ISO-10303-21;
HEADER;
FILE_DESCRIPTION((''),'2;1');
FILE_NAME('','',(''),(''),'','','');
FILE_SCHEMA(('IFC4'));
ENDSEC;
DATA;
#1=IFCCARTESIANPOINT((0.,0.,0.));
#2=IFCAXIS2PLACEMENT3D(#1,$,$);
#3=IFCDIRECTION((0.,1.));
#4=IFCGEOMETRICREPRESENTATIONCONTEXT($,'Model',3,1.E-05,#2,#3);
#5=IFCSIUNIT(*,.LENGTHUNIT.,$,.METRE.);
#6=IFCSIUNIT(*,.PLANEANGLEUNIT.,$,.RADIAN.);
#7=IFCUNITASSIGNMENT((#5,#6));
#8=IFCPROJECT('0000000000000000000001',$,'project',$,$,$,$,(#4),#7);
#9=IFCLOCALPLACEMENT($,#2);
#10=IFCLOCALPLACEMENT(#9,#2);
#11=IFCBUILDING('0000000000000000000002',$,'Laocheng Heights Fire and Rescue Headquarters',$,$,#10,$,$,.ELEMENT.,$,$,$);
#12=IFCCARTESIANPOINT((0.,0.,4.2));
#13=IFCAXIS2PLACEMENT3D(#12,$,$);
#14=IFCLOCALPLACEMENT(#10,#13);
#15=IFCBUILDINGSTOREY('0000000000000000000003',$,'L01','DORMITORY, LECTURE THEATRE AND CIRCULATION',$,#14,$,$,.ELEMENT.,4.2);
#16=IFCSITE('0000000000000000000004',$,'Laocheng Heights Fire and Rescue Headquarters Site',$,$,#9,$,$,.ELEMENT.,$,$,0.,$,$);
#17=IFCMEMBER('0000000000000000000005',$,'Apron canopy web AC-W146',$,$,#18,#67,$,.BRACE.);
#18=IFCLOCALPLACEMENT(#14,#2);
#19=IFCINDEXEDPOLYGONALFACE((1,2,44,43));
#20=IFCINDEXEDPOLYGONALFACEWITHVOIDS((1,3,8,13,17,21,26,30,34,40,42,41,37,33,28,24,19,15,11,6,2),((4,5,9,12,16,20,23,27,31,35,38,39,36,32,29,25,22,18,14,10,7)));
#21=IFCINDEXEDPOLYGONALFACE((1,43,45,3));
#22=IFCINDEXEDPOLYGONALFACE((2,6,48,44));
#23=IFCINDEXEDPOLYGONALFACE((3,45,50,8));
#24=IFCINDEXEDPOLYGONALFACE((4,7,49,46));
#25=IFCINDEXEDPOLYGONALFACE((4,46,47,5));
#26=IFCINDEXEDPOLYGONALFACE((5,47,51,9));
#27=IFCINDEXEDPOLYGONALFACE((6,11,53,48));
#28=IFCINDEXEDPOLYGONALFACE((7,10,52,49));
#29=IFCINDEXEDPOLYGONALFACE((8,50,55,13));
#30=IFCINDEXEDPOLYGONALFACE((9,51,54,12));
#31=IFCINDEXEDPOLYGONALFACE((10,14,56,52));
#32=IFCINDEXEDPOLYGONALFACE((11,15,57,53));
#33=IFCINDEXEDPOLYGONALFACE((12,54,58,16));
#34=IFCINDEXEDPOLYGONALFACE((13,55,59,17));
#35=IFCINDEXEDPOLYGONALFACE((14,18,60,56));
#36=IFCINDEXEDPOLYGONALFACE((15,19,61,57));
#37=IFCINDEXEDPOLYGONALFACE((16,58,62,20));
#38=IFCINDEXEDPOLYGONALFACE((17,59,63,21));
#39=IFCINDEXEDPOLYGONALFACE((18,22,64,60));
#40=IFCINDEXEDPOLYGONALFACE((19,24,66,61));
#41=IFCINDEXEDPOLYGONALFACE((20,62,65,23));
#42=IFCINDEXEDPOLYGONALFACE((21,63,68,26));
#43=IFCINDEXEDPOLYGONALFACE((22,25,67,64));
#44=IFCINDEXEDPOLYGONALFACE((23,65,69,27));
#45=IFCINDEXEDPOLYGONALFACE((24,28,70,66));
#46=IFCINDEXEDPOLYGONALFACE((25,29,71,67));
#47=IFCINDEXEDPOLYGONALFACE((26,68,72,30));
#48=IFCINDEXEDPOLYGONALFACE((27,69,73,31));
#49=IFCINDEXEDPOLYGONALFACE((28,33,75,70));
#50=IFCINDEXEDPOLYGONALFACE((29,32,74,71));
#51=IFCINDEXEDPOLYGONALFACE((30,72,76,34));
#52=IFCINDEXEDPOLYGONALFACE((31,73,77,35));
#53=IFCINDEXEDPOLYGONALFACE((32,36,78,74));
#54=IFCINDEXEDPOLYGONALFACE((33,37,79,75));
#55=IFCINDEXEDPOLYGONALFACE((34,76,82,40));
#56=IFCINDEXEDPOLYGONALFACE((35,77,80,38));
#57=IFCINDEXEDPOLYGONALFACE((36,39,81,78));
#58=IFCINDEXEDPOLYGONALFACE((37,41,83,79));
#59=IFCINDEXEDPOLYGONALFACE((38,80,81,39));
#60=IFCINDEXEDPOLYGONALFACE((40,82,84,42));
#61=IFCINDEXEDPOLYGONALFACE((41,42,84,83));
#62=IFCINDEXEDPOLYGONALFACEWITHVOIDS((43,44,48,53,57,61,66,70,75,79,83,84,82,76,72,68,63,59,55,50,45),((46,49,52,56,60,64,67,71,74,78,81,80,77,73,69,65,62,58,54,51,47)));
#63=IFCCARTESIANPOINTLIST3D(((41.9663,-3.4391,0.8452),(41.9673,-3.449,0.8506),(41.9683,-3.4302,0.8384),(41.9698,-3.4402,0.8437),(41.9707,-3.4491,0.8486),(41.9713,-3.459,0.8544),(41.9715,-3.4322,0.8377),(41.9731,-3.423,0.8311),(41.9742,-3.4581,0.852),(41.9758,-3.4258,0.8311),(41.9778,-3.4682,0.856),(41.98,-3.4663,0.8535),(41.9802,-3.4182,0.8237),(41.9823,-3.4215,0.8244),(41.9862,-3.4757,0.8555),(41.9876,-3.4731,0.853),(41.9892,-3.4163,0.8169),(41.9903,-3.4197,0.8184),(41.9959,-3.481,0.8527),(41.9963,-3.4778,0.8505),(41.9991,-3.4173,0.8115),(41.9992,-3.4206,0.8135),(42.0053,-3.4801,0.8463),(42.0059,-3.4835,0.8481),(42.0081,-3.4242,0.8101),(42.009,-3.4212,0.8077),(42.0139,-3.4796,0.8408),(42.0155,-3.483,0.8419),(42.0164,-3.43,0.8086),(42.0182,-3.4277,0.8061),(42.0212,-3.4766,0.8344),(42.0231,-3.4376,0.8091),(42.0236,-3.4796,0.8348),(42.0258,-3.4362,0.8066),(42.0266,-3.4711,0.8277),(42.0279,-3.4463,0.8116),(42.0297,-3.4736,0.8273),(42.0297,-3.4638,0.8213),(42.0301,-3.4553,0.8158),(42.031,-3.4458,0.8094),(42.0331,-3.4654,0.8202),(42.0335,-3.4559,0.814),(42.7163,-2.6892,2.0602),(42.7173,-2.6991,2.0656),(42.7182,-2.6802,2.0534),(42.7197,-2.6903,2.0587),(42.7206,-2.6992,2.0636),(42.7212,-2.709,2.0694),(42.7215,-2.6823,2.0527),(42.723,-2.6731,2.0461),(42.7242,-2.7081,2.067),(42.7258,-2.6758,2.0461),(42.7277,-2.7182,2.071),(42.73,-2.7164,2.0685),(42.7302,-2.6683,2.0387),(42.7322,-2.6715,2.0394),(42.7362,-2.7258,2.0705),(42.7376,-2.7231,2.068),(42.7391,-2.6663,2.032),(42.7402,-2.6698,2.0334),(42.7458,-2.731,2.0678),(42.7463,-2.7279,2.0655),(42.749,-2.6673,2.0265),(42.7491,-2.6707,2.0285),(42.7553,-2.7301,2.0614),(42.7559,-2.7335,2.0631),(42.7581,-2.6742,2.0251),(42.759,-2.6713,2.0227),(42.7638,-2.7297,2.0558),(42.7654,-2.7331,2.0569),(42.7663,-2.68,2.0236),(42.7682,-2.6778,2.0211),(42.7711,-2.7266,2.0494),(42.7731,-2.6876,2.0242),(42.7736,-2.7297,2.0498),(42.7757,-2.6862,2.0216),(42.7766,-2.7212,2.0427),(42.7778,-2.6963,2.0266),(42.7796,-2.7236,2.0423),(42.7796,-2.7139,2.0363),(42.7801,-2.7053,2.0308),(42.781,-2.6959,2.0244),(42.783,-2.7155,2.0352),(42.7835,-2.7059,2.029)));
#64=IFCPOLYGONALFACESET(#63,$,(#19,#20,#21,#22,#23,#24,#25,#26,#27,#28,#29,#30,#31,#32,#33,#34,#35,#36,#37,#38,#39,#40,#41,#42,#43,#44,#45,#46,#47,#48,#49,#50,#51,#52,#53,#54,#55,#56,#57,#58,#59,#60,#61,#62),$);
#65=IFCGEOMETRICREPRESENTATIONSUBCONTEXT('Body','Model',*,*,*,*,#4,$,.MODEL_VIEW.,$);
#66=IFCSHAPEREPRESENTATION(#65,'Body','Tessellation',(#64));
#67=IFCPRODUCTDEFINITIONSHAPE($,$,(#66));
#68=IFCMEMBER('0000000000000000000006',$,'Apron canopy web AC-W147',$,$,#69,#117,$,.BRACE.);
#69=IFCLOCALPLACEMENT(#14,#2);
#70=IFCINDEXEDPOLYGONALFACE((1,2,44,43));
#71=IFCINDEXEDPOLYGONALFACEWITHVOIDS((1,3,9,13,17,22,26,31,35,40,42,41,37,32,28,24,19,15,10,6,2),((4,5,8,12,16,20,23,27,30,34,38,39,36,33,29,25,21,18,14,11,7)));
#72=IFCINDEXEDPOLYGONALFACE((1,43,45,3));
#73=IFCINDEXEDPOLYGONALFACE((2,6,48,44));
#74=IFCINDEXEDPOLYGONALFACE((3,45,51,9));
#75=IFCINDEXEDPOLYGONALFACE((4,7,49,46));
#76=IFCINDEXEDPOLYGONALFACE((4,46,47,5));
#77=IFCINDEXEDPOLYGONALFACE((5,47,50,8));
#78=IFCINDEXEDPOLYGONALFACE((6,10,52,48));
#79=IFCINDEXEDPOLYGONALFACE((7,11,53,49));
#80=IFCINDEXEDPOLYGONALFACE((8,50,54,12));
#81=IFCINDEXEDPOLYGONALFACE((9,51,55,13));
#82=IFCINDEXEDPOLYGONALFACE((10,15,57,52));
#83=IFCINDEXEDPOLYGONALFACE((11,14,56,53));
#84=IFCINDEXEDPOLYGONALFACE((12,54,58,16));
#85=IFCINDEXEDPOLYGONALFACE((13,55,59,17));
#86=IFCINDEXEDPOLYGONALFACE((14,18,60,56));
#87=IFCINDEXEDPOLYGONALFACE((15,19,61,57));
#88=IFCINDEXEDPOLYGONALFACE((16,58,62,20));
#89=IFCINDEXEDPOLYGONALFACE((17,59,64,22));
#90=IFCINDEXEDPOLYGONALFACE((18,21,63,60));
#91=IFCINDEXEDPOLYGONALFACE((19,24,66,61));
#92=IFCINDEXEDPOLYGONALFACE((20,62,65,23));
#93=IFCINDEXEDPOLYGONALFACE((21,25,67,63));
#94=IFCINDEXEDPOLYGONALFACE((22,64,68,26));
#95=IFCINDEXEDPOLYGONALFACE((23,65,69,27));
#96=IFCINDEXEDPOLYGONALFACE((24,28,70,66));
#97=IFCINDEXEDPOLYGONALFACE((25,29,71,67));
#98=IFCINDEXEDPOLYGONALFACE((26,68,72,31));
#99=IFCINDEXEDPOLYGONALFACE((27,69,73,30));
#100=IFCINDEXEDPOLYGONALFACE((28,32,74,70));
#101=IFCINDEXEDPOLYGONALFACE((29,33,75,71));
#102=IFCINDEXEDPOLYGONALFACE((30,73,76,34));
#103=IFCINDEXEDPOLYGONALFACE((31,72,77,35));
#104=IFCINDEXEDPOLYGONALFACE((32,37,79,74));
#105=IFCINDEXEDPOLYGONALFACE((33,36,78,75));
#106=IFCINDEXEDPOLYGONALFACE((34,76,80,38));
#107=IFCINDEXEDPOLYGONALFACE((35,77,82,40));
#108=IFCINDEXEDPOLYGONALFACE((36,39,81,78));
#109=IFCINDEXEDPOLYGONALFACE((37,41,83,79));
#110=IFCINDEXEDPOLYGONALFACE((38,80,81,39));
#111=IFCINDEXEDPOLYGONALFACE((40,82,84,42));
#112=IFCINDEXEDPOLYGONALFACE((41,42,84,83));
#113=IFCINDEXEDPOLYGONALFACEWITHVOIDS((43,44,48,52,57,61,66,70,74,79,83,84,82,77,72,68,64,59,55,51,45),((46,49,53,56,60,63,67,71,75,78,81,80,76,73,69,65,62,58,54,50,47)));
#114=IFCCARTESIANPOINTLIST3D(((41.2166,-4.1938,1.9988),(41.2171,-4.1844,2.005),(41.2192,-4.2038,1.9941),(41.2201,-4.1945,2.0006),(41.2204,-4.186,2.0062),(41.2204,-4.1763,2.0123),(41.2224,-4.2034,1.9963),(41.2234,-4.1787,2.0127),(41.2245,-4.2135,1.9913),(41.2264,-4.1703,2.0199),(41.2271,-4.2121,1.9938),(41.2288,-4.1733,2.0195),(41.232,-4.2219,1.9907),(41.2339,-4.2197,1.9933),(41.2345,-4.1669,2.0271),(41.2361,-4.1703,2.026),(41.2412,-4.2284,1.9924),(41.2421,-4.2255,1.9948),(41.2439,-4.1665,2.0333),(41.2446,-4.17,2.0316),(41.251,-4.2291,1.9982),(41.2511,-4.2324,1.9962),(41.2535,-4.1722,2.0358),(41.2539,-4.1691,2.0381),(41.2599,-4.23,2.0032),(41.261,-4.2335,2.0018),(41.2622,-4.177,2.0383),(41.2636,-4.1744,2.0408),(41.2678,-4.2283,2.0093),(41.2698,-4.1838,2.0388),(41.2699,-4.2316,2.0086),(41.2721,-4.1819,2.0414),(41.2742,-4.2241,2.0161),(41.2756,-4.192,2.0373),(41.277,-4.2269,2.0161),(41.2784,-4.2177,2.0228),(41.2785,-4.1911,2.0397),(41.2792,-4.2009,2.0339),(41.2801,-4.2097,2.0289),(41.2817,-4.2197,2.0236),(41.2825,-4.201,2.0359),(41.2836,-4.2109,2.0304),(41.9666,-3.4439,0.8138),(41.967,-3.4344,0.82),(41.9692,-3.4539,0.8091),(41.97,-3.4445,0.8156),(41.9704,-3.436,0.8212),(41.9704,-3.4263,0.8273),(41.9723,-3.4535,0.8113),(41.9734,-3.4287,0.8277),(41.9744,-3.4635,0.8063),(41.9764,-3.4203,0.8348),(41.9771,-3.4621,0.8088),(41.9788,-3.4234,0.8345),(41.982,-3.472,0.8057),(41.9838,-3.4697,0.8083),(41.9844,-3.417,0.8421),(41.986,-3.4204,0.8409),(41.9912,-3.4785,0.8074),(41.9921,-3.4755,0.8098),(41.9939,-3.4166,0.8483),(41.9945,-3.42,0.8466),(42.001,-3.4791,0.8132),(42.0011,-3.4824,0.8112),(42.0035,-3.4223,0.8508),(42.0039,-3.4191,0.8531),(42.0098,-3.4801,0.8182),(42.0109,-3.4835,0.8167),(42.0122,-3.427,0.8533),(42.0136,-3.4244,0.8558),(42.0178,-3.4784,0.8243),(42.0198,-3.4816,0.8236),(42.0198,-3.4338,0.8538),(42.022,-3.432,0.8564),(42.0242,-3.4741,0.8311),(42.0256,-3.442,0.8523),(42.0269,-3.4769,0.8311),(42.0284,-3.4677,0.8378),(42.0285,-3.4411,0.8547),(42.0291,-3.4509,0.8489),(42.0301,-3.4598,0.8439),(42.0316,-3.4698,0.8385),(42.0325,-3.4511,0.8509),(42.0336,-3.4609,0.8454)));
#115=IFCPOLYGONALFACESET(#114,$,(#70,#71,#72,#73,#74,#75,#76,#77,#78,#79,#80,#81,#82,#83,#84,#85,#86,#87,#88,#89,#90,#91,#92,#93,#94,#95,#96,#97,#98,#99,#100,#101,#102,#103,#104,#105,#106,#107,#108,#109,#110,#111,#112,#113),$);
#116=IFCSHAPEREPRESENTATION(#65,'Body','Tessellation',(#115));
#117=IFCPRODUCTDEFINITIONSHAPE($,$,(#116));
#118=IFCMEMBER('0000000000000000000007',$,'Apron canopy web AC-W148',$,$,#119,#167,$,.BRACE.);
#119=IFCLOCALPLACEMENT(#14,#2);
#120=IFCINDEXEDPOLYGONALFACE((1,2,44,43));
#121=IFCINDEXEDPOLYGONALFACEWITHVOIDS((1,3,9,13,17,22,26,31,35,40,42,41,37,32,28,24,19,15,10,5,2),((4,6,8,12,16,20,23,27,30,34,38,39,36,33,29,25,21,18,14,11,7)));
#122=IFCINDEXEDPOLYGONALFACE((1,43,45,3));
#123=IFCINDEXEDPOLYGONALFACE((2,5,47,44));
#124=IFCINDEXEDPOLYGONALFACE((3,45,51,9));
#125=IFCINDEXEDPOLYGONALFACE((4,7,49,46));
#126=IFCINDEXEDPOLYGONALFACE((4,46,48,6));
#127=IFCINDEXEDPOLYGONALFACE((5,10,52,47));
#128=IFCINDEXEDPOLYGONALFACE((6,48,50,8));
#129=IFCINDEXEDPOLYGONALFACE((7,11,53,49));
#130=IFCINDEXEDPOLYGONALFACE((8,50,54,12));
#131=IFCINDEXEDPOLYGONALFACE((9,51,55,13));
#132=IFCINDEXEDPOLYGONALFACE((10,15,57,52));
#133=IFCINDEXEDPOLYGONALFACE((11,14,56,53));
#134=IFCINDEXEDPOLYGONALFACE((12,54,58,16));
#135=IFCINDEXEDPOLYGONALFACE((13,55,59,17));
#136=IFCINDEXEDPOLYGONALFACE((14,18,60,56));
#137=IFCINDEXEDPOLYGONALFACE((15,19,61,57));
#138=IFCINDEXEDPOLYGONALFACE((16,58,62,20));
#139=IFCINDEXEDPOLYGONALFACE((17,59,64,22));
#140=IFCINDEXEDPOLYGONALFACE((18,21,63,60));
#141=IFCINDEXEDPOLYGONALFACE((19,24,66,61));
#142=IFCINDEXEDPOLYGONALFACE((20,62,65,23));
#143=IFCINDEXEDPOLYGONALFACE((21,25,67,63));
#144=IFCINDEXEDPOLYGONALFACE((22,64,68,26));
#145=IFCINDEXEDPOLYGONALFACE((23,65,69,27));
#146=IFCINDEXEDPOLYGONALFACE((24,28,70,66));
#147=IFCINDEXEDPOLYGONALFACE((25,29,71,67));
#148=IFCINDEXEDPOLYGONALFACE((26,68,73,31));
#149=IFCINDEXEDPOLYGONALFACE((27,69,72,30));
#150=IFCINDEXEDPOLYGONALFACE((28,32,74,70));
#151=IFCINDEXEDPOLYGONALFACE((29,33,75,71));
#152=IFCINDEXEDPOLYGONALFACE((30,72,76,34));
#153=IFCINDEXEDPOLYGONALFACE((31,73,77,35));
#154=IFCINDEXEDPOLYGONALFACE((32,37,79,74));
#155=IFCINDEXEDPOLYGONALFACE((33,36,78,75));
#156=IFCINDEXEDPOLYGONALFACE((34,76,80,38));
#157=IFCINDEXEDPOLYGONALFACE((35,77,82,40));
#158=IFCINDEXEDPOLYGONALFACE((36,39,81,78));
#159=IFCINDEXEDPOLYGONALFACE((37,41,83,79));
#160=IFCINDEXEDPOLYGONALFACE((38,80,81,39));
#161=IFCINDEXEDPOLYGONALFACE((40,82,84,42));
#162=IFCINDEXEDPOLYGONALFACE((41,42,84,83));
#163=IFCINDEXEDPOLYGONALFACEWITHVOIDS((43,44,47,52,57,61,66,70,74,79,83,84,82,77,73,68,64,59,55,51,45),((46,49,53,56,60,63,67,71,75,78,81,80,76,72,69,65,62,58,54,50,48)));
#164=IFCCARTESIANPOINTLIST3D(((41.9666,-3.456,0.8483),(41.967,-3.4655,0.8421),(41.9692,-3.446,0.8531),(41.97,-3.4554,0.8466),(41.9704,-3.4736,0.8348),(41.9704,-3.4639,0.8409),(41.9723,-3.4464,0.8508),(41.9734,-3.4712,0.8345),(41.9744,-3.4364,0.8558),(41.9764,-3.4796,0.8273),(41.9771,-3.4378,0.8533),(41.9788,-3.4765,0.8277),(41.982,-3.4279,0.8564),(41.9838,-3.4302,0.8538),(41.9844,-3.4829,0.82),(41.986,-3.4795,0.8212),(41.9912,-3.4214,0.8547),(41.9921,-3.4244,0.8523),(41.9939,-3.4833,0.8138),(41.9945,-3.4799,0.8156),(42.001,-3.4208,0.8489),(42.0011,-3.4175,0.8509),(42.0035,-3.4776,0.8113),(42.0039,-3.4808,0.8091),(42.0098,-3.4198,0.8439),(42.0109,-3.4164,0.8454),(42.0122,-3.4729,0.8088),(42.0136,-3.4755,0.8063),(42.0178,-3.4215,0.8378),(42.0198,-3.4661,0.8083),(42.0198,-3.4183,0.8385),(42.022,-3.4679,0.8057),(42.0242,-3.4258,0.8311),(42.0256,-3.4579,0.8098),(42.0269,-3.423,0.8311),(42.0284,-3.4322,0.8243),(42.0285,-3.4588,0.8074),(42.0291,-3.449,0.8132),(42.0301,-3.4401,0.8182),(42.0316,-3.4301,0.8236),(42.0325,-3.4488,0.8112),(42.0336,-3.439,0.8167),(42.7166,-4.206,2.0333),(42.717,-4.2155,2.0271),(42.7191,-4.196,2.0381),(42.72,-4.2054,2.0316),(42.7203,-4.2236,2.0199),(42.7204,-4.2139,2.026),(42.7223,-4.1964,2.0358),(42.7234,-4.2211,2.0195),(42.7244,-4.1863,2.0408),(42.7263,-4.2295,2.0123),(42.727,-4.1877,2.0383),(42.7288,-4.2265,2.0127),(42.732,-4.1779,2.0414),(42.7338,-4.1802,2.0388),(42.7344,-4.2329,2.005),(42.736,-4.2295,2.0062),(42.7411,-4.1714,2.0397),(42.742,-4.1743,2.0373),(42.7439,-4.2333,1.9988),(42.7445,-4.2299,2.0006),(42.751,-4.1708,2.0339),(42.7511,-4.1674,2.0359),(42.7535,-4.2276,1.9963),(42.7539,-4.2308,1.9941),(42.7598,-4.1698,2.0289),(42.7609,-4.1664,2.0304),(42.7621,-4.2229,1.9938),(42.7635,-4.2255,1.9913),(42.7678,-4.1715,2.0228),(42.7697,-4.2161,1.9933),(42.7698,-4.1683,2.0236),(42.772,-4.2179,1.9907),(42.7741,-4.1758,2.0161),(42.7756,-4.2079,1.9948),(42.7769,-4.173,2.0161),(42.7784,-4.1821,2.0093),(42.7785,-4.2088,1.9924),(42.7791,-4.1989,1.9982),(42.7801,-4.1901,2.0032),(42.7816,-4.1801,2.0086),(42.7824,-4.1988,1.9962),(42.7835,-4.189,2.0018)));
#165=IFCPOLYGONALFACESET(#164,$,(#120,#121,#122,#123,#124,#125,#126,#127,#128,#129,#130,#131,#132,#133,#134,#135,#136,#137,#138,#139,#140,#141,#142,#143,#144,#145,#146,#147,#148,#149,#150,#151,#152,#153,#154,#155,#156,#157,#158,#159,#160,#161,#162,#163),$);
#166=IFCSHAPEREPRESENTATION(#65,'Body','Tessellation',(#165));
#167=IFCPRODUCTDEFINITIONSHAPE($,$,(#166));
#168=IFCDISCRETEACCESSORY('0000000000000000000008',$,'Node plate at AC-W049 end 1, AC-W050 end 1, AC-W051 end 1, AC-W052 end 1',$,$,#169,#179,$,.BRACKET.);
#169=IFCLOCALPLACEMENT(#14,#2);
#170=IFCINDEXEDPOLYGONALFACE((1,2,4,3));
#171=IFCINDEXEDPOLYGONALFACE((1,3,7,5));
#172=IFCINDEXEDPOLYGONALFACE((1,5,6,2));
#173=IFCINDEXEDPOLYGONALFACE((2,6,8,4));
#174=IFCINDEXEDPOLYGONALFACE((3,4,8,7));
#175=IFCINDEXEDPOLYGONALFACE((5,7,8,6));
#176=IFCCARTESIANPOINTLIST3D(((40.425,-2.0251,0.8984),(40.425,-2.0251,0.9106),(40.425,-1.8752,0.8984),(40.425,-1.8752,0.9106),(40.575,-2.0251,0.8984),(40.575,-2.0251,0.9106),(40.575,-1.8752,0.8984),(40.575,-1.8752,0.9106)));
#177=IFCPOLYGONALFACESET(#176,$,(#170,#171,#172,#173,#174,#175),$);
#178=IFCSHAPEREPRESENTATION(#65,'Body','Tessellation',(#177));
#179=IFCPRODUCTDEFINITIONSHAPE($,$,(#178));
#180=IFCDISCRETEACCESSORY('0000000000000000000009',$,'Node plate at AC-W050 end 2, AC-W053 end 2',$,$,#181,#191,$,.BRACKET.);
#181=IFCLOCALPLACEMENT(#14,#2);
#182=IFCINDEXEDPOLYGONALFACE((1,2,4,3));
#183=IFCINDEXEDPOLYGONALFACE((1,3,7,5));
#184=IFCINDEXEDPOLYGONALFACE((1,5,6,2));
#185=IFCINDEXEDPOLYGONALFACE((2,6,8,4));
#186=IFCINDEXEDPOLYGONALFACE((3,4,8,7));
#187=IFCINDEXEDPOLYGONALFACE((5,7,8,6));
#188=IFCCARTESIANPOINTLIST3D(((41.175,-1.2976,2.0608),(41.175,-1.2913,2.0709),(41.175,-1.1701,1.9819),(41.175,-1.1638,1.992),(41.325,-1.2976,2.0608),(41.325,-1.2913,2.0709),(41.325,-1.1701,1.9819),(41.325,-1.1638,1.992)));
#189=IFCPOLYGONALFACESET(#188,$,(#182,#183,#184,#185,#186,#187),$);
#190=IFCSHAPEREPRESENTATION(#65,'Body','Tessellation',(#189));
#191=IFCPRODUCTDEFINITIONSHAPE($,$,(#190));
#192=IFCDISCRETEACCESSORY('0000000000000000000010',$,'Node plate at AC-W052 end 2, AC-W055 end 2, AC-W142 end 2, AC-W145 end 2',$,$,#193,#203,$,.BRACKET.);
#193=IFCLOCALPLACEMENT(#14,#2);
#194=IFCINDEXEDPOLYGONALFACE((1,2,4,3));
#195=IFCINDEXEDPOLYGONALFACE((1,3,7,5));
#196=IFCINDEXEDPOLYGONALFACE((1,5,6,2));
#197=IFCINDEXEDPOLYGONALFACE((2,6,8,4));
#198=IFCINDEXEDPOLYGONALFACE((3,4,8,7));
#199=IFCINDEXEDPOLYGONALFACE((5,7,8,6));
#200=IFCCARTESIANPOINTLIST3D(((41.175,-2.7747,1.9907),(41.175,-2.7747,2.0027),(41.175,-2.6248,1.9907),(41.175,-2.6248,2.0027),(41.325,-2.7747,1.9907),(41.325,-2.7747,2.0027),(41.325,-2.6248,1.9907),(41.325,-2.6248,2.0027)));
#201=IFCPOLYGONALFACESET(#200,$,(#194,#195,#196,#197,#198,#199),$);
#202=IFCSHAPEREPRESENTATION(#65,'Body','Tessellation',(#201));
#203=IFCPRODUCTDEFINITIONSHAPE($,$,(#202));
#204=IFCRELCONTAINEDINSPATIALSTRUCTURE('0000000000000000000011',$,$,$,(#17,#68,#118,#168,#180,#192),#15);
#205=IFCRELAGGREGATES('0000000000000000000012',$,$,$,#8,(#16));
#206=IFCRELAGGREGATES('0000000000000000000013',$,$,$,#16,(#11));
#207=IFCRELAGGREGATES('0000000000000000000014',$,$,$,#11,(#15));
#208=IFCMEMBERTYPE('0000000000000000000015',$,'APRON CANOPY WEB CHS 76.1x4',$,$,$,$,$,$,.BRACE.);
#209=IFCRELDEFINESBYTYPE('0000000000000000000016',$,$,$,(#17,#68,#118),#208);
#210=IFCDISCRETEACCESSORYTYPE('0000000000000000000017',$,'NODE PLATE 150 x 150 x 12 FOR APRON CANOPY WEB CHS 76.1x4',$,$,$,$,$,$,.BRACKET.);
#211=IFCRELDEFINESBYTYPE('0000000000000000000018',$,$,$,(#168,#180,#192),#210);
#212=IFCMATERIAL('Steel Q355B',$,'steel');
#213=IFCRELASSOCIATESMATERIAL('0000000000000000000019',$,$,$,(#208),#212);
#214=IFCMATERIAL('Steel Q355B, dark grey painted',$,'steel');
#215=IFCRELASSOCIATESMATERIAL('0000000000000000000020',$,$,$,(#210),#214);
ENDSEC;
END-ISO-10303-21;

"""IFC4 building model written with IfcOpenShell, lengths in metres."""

from ifc_helpers import new_model, si_unit, direction, frame, origin, origin_2d, place, context, subcontext, project, spatial, rectangle, hollow_circle, extrude, material, material_profile, profile_set, type_object, element, save


model = new_model("IFC4")

# Units and contexts
model_context = context("Model", 3, precision=1e-05, world=origin(), true_north=direction((0.0, 1.0)))
body_context = subcontext(model_context, "Body", "Model", "MODEL_VIEW")
ifc_project = project(units=[si_unit("LENGTHUNIT", "METRE"), si_unit("PLANEANGLEUNIT", "RADIAN")], contexts=[model_context])

# Site, building, storey
site_placement = place(None, origin())
site = spatial("IfcSite", under=ifc_project, at=site_placement, Name="Laocheng Heights Fire and Rescue Headquarters Site", CompositionType="ELEMENT", RefElevation=0.0)
building_placement = place(site_placement, origin())
building = spatial("IfcBuilding", under=site, at=building_placement, Name="Laocheng Heights Fire and Rescue Headquarters", CompositionType="ELEMENT")
storey_placement = place(building_placement, frame((0.0, 0.0, 4.2)))
storey = spatial("IfcBuildingStorey", under=building, at=storey_placement, Name="L01", Description="DORMITORY, LECTURE THEATRE AND CIRCULATION", CompositionType="ELEMENT", Elevation=4.2)

# Members
ifc_material_1 = material(Name="Steel Q355B", Category="steel")
ifc_material_profile_1 = material_profile(ifc_material_1, hollow_circle(Radius=0.0381, WallThickness=0.0039, at=origin_2d()), Name="CHS 76.1x4")
ifc_profile_set_1 = profile_set([ifc_material_profile_1], Name="Steel Q355B")
member_type_1 = type_object("IfcMemberType", Name="APRON CANOPY WEB CHS 76.1x4", PredefinedType="BRACE", material=ifc_profile_set_1)
for number, where, z_axis, x_axis, name in (
    (1, (42.0, -3.45, 0.8311), (0.465002, 0.465002, 0.753357), (-0.707107, 0.707107, 0.0), "Apron canopy web AC-W146"),
):
    element("IfcMember", number, at=place(storey_placement, frame(where, z_axis=z_axis, x_axis=x_axis)), inside=storey, type_object=member_type_1, Name=name, PredefinedType="BRACE", context=body_context, shape_type="SweptSolid", body=[
        extrude(hollow_circle(Radius=0.0381, WallThickness=0.0039, at=origin_2d()), origin(), (0.0, 0.0, 1.0), 1.6128),
    ])
for number, where, z_axis, x_axis, name in (
    (2, (42.0, -3.45, 0.8311), (-0.47158, -0.47158, 0.745134), (0.707107, -0.707107, 0.0), "Apron canopy web AC-W147"),
    (3, (42.0, -3.45, 0.8311), (0.47158, -0.47158, 0.745134), (0.707107, 0.707107, 0.0), "Apron canopy web AC-W148"),
):
    element("IfcMember", number, at=place(storey_placement, frame(where, z_axis=z_axis, x_axis=x_axis)), inside=storey, type_object=member_type_1, Name=name, PredefinedType="BRACE", context=body_context, shape_type="SweptSolid", body=[
        extrude(hollow_circle(Radius=0.0381, WallThickness=0.0039, at=origin_2d()), origin(), (0.0, 0.0, 1.0), 1.5903),
    ])

# Discrete accessories
ifc_material_2 = material(Name="Steel Q355B, dark grey painted", Category="steel")
ifc_material_profile_2 = material_profile(ifc_material_2, rectangle(XDim=0.1499, YDim=0.1499, at=origin_2d()), Name="NODE PLATE 150 x 150 x 12 FOR APRON CANOPY WEB CHS 76.1x4")
ifc_profile_set_2 = profile_set([ifc_material_profile_2], Name="Steel Q355B, dark grey painted")
discrete_accessory_type = type_object("IfcDiscreteAccessoryType", Name="NODE PLATE 150 x 150 x 12 FOR APRON CANOPY WEB CHS 76.1x4", PredefinedType="BRACKET", material=ifc_profile_set_2)
discrete_accessory_1_placement = place(storey_placement, frame((40.5, -1.9502, 0.8984), z_axis=(0.0, 0.0, 1.0), x_axis=(1.0, 0.0, 0.0)))
element("IfcDiscreteAccessory", 4, at=discrete_accessory_1_placement, inside=storey, type_object=discrete_accessory_type, Name="Node plate at AC-W049 end 1, AC-W050 end 1, AC-W051 end 1, AC-W052 end 1", PredefinedType="BRACKET", context=body_context, shape_type="SweptSolid", body=[
    extrude(rectangle(XDim=0.1499, YDim=0.1499, at=origin_2d()), origin(), (0.0, 0.0, 1.0), 0.0122),
])
for number, where, z_axis, x_axis, name in (
    (5, (41.25, -1.2275, 2.0315), (0.0, -0.526355, -0.850265), (1.0, 0.0, 0.0), "Node plate at AC-W050 end 2, AC-W053 end 2"),
    (6, (41.25, -2.6997, 2.0027), (0.0, 0.0, -1.0), (1.0, 0.0, 0.0), "Node plate at AC-W052 end 2, AC-W055 end 2, AC-W142 end 2, AC-W145 end 2"),
):
    element("IfcDiscreteAccessory", number, at=place(storey_placement, frame(where, z_axis=z_axis, x_axis=x_axis)), inside=storey, type_object=discrete_accessory_type, Name=name, PredefinedType="BRACKET", context=body_context, shape_type="SweptSolid", body=[
        extrude(rectangle(XDim=0.1499, YDim=0.1499, at=origin_2d()), origin(), (0.0, 0.0, 1.0), 0.012),
    ])

save(model, "model.ifc")
